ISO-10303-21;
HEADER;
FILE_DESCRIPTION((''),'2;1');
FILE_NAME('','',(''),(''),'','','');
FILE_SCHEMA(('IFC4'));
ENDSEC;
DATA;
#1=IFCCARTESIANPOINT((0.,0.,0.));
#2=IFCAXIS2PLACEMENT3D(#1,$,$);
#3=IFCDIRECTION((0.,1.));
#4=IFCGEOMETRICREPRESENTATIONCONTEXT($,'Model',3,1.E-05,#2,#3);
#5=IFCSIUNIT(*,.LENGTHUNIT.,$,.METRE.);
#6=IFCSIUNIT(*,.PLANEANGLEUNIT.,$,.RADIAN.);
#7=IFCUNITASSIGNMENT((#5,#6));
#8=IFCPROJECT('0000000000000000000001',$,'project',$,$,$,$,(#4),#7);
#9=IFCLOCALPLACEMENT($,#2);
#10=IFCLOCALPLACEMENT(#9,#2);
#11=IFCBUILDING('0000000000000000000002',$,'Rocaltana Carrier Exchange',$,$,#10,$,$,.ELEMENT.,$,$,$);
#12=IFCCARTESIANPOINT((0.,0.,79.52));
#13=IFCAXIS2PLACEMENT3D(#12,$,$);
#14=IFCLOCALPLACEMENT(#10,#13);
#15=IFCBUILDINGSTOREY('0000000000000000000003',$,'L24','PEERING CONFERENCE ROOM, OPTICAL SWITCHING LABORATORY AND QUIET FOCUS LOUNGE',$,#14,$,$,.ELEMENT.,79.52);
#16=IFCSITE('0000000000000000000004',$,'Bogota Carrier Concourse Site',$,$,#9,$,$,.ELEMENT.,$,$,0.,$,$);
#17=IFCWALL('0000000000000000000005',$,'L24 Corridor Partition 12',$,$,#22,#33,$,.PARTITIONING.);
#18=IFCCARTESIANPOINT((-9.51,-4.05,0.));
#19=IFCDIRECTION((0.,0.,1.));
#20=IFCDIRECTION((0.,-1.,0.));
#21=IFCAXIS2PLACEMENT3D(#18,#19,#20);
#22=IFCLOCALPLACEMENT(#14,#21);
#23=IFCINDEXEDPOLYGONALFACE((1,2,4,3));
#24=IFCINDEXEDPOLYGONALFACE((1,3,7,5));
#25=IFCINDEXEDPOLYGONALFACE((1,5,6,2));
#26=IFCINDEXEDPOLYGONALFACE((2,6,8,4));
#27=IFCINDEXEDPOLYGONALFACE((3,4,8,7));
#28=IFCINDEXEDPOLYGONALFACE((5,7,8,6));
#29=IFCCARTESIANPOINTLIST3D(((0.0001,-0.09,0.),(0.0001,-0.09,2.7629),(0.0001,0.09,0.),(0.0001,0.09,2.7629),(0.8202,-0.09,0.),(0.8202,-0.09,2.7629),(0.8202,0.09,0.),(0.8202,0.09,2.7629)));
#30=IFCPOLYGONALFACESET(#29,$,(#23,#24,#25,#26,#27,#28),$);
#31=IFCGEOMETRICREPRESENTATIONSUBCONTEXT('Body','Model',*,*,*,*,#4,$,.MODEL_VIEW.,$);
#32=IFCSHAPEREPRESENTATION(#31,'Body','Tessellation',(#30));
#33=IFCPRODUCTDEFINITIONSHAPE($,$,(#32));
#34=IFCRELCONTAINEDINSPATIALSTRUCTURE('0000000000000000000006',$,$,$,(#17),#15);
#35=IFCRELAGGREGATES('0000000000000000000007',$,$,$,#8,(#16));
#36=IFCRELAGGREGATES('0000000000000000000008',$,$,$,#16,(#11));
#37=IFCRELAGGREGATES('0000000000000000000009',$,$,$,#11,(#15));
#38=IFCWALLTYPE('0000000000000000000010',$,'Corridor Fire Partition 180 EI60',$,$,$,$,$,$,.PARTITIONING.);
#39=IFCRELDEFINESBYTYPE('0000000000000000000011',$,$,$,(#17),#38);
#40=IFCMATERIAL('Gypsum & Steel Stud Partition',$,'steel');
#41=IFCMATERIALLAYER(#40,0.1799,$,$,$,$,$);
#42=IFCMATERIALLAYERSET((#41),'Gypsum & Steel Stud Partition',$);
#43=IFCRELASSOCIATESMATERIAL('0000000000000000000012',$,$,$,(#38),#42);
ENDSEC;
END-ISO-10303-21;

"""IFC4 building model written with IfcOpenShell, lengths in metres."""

from ifc_helpers import new_model, si_unit, direction, frame, frame_2d, origin, place, context, subcontext, project, spatial, rectangle, extrude, material, layer, layer_set, type_object, element, save


model = new_model("IFC4")

# Units and contexts
model_context = context("Model", 3, precision=1e-05, world=origin(), true_north=direction((0.0, 1.0)))
body_context = subcontext(model_context, "Body", "Model", "MODEL_VIEW")
ifc_project = project(units=[si_unit("LENGTHUNIT", "METRE"), si_unit("PLANEANGLEUNIT", "RADIAN")], contexts=[model_context])

# Site, building, storey
site_placement = place(None, origin())
site = spatial("IfcSite", under=ifc_project, at=site_placement, Name="Bogota Carrier Concourse Site", CompositionType="ELEMENT", RefElevation=0.0)
building_placement = place(site_placement, origin())
building = spatial("IfcBuilding", under=site, at=building_placement, Name="Rocaltana Carrier Exchange", CompositionType="ELEMENT")
storey_placement = place(building_placement, frame((0.0, 0.0, 79.52)))
storey = spatial("IfcBuildingStorey", under=building, at=storey_placement, Name="L24", Description="PEERING CONFERENCE ROOM, OPTICAL SWITCHING LABORATORY AND QUIET FOCUS LOUNGE", CompositionType="ELEMENT", Elevation=79.52)

# Shared definitions
ifc_material_1 = material(Name="Gypsum & Steel Stud Partition", Category="steel")
ifc_layer_1 = layer(ifc_material_1, 0.1799)
ifc_layer_set_1 = layer_set([ifc_layer_1], Name="Gypsum & Steel Stud Partition")
wall_type_1 = type_object("IfcWallType", Name="Corridor Fire Partition 180 EI60", PredefinedType="PARTITIONING", material=ifc_layer_set_1)

# Wall
wall_1_placement = place(storey_placement, frame((-9.51, -4.05, 0.0), z_axis=(0.0, 0.0, 1.0), x_axis=(0.0, -1.0, 0.0)))
element("IfcWall", 1, at=wall_1_placement, inside=storey, type_object=wall_type_1, Name="L24 Corridor Partition 12", PredefinedType="PARTITIONING", context=body_context, shape_type="SweptSolid", body=[
    extrude(rectangle(XDim=0.8201, YDim=0.1799, at=frame_2d((0.4102, 0.0))), origin(), (0.0, 0.0, 1.0), 2.7629),
])

save(model, "model.ifc")
